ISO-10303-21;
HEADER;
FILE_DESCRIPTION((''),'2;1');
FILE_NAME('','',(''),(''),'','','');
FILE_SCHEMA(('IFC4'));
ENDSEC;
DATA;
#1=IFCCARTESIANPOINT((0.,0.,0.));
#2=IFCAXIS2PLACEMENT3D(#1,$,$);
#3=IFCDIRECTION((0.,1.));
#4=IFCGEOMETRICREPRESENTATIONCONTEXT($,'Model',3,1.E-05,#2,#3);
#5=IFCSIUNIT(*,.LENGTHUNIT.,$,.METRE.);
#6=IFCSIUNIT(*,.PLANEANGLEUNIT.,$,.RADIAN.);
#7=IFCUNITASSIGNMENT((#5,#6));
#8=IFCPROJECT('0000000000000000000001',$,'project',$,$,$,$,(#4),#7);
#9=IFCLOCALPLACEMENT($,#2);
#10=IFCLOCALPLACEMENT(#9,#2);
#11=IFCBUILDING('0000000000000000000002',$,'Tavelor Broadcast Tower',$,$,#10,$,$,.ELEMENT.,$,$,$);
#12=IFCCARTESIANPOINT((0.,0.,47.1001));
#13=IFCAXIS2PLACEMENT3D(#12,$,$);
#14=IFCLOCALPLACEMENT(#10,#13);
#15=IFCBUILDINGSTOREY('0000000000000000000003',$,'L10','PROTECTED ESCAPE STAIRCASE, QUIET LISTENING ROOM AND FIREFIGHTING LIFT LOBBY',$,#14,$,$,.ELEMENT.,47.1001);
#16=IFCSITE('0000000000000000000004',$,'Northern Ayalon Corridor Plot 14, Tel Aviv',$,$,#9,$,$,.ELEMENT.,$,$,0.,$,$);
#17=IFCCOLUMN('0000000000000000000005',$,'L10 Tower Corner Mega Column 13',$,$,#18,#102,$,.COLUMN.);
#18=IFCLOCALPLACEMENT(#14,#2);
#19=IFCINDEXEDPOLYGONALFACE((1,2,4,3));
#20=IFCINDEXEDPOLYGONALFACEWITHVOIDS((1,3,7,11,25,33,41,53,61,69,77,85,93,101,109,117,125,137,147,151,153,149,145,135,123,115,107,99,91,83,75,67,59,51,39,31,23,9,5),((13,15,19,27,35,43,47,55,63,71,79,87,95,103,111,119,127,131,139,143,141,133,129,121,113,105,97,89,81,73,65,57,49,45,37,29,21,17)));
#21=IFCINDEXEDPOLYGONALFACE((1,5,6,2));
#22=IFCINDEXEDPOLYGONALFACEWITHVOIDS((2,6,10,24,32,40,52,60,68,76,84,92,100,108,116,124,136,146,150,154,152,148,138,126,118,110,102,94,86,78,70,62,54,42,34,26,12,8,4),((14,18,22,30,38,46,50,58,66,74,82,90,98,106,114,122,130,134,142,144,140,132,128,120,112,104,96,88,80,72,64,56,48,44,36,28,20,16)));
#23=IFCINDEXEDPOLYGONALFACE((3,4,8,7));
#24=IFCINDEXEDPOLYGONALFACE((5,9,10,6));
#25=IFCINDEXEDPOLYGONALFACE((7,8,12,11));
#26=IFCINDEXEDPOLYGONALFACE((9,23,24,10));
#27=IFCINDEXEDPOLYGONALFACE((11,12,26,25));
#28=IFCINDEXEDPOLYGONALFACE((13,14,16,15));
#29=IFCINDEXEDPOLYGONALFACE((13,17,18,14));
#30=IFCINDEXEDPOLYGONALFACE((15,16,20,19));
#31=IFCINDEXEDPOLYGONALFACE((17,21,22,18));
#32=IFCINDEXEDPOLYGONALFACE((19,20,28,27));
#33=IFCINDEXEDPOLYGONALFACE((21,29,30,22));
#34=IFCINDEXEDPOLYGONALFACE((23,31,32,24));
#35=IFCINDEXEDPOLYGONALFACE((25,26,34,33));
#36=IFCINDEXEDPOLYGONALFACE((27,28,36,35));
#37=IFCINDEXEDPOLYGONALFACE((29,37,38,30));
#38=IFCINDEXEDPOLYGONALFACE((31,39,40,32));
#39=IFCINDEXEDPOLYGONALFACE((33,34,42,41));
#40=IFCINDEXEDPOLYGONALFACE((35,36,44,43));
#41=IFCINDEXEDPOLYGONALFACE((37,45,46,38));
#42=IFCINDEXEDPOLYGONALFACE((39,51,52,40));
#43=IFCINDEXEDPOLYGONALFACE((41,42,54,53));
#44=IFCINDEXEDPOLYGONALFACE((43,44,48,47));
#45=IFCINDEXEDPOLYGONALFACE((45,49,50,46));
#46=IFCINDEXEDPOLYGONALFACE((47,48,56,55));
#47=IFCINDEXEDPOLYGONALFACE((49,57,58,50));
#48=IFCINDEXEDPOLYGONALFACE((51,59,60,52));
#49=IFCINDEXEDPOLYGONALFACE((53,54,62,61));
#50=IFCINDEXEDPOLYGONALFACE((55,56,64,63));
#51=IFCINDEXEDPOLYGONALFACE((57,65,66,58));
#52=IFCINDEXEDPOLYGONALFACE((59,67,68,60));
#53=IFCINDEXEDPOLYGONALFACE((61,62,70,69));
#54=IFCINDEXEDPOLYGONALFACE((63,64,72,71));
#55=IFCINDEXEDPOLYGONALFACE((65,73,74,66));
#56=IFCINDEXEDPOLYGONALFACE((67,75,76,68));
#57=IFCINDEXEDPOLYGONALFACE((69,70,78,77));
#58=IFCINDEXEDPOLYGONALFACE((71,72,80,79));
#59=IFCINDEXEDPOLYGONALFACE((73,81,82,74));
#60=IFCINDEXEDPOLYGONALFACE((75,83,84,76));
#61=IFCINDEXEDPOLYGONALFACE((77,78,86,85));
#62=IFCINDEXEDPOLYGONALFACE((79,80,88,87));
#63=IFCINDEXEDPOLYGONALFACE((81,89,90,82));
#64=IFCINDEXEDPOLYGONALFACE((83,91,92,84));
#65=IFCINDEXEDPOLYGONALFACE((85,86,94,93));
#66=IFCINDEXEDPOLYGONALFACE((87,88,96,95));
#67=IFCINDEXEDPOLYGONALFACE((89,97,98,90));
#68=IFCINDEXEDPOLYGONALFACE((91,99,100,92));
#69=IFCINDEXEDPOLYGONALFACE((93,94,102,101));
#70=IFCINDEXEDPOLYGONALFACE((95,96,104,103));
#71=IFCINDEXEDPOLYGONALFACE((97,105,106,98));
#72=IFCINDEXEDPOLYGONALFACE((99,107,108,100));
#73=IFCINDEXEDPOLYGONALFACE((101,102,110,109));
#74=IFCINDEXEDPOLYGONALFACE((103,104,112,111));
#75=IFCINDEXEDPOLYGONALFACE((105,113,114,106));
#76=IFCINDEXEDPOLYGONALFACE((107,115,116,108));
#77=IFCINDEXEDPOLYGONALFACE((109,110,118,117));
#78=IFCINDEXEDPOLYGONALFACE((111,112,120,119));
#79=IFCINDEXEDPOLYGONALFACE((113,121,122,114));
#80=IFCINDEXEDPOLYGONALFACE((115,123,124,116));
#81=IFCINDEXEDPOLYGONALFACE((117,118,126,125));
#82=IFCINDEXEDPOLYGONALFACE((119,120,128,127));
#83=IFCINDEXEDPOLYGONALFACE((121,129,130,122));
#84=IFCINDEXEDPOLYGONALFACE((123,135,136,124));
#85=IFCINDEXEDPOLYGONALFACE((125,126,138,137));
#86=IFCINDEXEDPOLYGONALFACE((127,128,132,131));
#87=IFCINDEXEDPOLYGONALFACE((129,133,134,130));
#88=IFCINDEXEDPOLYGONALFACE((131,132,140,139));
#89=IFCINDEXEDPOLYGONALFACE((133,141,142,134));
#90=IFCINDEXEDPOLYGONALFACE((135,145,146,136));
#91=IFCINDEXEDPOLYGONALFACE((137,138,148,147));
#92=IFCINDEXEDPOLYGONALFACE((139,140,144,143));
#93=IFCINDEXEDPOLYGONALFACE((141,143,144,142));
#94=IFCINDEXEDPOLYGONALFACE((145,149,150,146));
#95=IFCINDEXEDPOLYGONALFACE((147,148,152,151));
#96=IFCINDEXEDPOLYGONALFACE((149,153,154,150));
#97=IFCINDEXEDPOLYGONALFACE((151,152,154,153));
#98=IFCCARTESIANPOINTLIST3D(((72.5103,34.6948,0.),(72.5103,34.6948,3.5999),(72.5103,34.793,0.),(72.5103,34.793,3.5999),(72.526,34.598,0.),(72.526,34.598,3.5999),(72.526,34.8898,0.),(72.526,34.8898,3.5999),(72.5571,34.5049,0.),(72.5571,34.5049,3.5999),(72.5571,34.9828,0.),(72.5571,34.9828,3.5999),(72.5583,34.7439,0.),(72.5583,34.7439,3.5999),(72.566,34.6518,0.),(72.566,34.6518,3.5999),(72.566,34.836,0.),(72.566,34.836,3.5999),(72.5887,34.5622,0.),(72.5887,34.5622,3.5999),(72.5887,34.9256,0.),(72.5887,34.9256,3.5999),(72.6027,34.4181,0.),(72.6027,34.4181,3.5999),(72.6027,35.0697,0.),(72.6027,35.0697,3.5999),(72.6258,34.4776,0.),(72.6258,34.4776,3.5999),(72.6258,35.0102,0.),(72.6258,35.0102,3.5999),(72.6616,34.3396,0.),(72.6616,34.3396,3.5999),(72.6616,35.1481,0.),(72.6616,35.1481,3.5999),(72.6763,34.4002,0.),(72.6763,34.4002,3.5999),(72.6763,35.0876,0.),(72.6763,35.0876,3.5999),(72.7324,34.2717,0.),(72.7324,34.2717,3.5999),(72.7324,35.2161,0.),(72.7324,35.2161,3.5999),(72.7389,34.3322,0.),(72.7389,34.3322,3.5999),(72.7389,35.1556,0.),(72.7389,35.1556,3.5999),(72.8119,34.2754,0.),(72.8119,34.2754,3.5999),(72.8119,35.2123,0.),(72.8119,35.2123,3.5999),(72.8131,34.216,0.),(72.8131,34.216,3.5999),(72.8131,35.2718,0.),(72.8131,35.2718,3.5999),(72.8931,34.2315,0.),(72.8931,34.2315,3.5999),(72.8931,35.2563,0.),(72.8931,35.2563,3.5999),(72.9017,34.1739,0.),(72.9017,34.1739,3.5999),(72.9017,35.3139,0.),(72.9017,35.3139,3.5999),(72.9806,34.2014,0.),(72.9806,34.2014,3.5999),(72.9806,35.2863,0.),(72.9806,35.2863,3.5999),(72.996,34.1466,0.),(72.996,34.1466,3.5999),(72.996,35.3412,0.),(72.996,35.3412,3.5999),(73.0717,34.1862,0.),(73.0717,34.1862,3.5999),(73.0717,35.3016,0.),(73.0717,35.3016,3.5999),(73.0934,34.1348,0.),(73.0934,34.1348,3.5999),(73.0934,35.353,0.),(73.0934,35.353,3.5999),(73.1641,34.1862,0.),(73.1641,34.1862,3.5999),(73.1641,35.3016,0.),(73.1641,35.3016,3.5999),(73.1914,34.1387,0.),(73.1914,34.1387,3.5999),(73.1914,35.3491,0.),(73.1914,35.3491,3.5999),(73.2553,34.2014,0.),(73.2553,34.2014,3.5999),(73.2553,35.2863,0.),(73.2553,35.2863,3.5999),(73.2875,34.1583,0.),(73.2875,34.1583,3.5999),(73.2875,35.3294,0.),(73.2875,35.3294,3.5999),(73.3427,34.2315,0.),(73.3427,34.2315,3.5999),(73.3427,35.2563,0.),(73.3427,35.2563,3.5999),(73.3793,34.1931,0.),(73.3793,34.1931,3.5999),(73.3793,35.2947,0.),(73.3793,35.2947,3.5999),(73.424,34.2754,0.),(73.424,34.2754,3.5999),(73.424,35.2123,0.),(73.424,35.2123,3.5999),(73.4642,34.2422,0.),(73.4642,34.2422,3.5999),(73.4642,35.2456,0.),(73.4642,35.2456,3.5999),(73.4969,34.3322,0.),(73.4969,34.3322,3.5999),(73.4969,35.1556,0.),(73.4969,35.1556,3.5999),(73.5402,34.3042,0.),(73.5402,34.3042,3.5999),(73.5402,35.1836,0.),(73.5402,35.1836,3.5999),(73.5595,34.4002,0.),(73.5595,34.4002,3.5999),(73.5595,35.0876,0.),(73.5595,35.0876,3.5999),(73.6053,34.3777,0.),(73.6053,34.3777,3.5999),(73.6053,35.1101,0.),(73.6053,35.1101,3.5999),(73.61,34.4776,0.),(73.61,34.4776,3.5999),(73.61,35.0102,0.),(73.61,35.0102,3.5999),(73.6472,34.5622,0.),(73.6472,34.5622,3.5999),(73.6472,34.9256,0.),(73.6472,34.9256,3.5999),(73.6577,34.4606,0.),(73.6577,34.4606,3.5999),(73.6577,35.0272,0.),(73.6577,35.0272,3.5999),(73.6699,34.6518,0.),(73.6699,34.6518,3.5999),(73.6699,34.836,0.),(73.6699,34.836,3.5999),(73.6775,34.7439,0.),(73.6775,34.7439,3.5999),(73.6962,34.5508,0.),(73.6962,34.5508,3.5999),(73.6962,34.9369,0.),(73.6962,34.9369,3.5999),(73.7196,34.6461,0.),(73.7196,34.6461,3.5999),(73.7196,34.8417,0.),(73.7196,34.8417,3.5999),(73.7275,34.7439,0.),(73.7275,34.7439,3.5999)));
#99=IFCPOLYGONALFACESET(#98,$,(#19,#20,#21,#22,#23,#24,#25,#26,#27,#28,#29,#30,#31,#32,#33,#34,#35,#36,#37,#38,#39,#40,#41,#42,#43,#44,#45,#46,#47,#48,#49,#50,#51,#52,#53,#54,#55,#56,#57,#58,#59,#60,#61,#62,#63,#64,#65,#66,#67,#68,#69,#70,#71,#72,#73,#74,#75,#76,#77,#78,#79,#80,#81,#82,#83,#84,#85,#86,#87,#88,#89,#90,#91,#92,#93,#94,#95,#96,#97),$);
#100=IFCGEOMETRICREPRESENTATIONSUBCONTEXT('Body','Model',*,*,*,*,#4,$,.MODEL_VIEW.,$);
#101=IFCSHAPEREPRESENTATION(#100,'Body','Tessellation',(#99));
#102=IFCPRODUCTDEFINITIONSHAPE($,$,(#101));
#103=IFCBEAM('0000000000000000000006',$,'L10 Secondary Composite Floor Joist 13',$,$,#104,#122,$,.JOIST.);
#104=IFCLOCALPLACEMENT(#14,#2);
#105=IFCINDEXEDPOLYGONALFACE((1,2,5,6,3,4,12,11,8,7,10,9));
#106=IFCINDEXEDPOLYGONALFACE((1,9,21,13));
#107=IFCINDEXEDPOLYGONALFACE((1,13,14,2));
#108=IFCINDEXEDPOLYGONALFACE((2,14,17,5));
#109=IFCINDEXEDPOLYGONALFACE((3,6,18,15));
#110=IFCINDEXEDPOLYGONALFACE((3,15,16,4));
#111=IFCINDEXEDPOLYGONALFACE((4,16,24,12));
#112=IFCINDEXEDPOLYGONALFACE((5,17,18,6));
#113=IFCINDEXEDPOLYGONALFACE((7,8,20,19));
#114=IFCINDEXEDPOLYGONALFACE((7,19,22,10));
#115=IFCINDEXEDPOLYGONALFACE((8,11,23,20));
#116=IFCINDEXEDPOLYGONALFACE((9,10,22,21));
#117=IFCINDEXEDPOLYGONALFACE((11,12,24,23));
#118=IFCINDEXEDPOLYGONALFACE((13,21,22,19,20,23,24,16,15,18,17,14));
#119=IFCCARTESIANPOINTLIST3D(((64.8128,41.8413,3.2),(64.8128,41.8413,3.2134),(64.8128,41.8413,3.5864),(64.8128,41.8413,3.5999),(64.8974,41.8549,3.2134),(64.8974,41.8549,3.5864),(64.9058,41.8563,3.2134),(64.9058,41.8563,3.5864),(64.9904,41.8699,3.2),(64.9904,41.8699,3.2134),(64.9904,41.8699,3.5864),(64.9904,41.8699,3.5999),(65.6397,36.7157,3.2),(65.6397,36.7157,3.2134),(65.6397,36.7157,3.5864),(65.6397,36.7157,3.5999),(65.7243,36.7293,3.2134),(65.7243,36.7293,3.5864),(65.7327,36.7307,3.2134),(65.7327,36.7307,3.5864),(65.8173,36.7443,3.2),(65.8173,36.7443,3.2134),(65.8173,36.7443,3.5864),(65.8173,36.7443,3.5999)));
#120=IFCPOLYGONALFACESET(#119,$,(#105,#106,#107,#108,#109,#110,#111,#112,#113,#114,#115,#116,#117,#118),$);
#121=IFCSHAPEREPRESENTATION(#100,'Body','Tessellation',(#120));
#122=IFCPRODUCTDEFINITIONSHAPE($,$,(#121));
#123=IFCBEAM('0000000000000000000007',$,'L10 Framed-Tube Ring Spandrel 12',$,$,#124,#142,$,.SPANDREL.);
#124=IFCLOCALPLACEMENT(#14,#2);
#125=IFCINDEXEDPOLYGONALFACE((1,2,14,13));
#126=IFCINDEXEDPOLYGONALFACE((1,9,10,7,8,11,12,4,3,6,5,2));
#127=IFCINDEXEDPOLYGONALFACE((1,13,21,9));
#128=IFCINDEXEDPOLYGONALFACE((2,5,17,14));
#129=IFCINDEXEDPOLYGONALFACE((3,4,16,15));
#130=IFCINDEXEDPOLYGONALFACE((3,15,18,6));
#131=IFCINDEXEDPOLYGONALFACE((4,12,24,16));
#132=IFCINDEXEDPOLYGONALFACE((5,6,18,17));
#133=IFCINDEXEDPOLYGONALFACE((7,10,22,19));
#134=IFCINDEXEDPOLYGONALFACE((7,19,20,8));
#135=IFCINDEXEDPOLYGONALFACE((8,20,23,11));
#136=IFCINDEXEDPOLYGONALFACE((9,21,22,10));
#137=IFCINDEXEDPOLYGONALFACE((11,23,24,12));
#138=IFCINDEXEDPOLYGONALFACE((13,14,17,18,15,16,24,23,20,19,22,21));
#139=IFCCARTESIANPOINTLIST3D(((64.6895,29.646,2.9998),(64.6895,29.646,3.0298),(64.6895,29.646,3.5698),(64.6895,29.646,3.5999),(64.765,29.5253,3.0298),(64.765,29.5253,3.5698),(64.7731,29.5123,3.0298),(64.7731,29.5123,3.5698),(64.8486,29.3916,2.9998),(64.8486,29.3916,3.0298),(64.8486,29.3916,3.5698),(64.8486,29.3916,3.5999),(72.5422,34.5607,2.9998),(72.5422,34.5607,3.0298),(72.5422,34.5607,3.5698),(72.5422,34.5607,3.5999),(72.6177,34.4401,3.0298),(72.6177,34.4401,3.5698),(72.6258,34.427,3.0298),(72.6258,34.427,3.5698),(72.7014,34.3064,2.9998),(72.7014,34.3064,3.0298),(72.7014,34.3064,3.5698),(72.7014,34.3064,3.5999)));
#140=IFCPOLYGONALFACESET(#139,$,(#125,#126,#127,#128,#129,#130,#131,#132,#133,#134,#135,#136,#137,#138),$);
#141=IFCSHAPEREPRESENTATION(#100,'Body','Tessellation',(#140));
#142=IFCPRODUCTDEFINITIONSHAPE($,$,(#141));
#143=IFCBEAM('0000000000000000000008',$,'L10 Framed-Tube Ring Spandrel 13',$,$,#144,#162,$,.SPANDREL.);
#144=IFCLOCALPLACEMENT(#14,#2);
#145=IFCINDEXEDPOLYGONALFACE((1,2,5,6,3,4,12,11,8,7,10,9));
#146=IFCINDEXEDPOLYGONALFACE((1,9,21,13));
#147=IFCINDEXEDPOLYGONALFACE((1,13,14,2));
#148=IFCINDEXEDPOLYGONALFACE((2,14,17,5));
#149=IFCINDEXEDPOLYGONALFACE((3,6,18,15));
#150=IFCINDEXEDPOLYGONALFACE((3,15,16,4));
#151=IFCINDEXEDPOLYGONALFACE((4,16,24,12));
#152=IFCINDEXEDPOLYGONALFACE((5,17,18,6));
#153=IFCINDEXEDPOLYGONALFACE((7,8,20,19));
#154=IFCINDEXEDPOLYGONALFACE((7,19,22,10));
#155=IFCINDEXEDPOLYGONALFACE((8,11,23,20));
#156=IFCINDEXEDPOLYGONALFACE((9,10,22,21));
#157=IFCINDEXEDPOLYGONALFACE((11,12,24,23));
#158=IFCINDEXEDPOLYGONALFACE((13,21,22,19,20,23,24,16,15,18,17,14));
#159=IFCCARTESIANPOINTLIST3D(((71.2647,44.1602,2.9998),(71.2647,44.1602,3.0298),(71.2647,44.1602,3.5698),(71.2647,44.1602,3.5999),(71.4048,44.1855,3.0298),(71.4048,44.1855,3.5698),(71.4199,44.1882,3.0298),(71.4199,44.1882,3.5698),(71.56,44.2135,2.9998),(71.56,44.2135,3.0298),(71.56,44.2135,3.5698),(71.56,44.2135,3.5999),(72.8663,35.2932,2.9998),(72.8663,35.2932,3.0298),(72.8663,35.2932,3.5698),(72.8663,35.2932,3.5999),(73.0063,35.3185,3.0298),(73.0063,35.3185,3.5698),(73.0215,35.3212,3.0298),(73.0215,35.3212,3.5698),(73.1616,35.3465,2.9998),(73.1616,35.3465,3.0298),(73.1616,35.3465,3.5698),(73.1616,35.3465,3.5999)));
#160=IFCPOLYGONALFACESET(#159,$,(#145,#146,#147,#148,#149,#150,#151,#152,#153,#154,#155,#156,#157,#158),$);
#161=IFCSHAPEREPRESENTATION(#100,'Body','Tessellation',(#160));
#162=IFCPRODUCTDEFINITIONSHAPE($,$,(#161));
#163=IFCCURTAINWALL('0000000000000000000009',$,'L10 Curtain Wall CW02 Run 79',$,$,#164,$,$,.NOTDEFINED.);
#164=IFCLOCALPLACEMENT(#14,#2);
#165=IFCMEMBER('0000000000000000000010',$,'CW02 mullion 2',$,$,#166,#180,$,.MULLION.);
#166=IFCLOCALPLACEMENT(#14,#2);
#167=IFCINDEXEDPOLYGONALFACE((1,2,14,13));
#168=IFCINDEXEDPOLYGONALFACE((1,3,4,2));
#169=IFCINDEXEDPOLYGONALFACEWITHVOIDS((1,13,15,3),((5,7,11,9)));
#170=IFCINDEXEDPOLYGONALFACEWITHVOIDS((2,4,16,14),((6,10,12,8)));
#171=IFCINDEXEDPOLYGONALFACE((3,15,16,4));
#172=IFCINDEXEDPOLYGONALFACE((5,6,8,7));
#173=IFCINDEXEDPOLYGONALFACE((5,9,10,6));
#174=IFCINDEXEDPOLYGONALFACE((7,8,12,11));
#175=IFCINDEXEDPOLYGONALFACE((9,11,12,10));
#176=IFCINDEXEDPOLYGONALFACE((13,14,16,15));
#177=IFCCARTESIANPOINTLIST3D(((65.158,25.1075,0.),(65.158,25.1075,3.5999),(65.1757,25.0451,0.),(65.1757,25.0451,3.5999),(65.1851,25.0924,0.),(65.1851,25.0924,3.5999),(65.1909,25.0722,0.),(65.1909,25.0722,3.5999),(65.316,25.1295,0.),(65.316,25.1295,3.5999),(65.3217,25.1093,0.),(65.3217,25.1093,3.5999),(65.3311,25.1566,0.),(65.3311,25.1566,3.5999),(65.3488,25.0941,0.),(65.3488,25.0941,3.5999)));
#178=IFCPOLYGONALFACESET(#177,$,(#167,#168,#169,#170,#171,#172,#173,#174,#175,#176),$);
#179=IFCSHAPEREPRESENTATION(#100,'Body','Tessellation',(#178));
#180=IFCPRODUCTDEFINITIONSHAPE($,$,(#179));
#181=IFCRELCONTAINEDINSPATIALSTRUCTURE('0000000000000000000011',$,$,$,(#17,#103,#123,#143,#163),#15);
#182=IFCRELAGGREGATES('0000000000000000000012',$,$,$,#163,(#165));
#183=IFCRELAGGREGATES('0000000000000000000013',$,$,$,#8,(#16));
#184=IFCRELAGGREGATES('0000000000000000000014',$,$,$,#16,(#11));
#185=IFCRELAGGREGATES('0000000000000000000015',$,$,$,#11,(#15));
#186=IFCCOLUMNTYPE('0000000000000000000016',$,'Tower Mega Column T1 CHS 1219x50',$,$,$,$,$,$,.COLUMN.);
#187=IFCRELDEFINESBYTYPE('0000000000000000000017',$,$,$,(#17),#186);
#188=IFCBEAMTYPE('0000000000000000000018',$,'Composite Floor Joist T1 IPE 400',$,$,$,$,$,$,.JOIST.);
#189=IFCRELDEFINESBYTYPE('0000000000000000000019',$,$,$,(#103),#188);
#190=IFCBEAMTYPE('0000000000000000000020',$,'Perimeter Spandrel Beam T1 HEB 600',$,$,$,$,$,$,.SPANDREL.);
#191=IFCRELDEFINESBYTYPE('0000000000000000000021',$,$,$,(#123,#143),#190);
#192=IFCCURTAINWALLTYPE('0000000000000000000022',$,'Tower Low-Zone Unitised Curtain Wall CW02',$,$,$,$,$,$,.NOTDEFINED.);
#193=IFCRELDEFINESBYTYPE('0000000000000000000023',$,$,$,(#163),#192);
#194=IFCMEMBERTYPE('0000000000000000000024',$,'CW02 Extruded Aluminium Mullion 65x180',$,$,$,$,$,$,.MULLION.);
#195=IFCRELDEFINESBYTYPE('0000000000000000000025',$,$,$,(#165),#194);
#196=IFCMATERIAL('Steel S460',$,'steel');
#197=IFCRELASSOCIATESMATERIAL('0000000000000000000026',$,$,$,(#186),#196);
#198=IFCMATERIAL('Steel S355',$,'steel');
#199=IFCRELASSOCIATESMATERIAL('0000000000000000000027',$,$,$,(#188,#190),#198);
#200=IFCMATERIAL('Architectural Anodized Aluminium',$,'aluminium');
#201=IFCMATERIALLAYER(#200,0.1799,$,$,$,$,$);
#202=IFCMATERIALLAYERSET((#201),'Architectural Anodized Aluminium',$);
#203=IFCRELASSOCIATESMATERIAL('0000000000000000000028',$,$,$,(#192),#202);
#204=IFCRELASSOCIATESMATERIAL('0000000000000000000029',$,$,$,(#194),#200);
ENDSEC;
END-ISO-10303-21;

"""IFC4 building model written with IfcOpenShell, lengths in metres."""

from ifc_helpers import new_model, si_unit, direction, frame, origin, origin_2d, place, context, subcontext, project, spatial, hollow_rectangle, hollow_circle, i_section, extrude, source, transform, mapped, material, layer, layer_set, material_profile, profile_set, type_object, type_shapes, element, aggregate, save


model = new_model("IFC4")

# Units and contexts
model_context = context("Model", 3, precision=1e-05, world=origin(), true_north=direction((0.0, 1.0)))
body_context = subcontext(model_context, "Body", "Model", "MODEL_VIEW")
ifc_project = project(units=[si_unit("LENGTHUNIT", "METRE"), si_unit("PLANEANGLEUNIT", "RADIAN")], contexts=[model_context])

# Site, building, storey
site_placement = place(None, origin())
site = spatial("IfcSite", under=ifc_project, at=site_placement, Name="Northern Ayalon Corridor Plot 14, Tel Aviv", CompositionType="ELEMENT", RefElevation=0.0)
building_placement = place(site_placement, origin())
building = spatial("IfcBuilding", under=site, at=building_placement, Name="Tavelor Broadcast Tower", CompositionType="ELEMENT")
storey_placement = place(building_placement, frame((0.0, 0.0, 47.1001)))
storey = spatial("IfcBuildingStorey", under=building, at=storey_placement, Name="L10", Description="PROTECTED ESCAPE STAIRCASE, QUIET LISTENING ROOM AND FIREFIGHTING LIFT LOBBY", CompositionType="ELEMENT", Elevation=47.1001)

# Column
ifc_material_1 = material(Name="Steel S460", Category="steel")
ifc_material_profile_1 = material_profile(ifc_material_1, hollow_circle(Radius=0.6096, WallThickness=0.05, at=origin_2d()), Name="CHS 1219x50")
ifc_profile_set_1 = profile_set([ifc_material_profile_1], Name="Steel S460")
column_type = type_object("IfcColumnType", Name="Tower Mega Column T1 CHS 1219x50", PredefinedType="COLUMN", material=ifc_profile_set_1)
column_placement = place(storey_placement, frame((73.1179, 34.7439, 0.0), z_axis=(0.0, 0.0, 1.0), x_axis=(1.0, 0.0, 0.0)))
element("IfcColumn", 1, at=column_placement, inside=storey, type_object=column_type, Name="L10 Tower Corner Mega Column 13", PredefinedType="COLUMN", context=body_context, shape_type="SweptSolid", body=[
    extrude(hollow_circle(Radius=0.6096, WallThickness=0.05, at=origin_2d()), origin(), (0.0, 0.0, 1.0), 3.5999),
])

# Beams
ifc_material_2 = material(Name="Steel S355", Category="steel")
ifc_material_profile_2 = material_profile(ifc_material_2, i_section(OverallWidth=0.1799, OverallDepth=0.3999, WebThickness=0.0085, FlangeThickness=0.0134, at=origin_2d()), Name="IPE 400")
ifc_profile_set_2 = profile_set([ifc_material_profile_2], Name="Steel S355")
beam_type_1 = type_object("IfcBeamType", Name="Composite Floor Joist T1 IPE 400", PredefinedType="JOIST", material=ifc_profile_set_2)
beam_1_placement = place(storey_placement, frame((65.7285, 36.73, 3.3999), z_axis=(-0.159265, 0.987236, 0.0), x_axis=(-0.987236, -0.159265, 0.0)))
element("IfcBeam", 2, at=beam_1_placement, inside=storey, type_object=beam_type_1, Name="L10 Secondary Composite Floor Joist 13", PredefinedType="JOIST", context=body_context, shape_type="SweptSolid", body=[
    extrude(i_section(OverallWidth=0.1799, OverallDepth=0.3999, WebThickness=0.0085, FlangeThickness=0.0134, at=origin_2d()), origin(), (0.0, 0.0, 1.0), 5.1919),
])
ifc_material_profile_3 = material_profile(ifc_material_2, i_section(OverallWidth=0.3, OverallDepth=0.6001, WebThickness=0.0154, FlangeThickness=0.03, at=origin_2d()), Name="HEB 600")
ifc_profile_set_3 = profile_set([ifc_material_profile_3], Name="Steel S355")
beam_type_2 = type_object("IfcBeamType", Name="Perimeter Spandrel Beam T1 HEB 600", PredefinedType="SPANDREL", material=ifc_profile_set_3)
beam_2_placement = place(storey_placement, frame((64.769, 29.5188, 3.2998), z_axis=(0.847668, 0.530527, 0.0), x_axis=(-0.530527, 0.847668, 0.0)))
element("IfcBeam", 3, at=beam_2_placement, inside=storey, type_object=beam_type_2, Name="L10 Framed-Tube Ring Spandrel 12", PredefinedType="SPANDREL", context=body_context, shape_type="SweptSolid", body=[
    extrude(i_section(OverallWidth=0.3, OverallDepth=0.6001, WebThickness=0.0154, FlangeThickness=0.03, at=origin_2d()), origin(), (0.0, 0.0, 1.0), 9.2639),
])
beam_3_placement = place(storey_placement, frame((73.0139, 35.3198, 3.2998), z_axis=(-0.177746, 0.984076, 0.0), x_axis=(-0.984076, -0.177746, 0.0)))
element("IfcBeam", 4, at=beam_3_placement, inside=storey, type_object=beam_type_2, Name="L10 Framed-Tube Ring Spandrel 13", PredefinedType="SPANDREL", context=body_context, shape_type="SweptSolid", body=[
    extrude(i_section(OverallWidth=0.3, OverallDepth=0.6001, WebThickness=0.0154, FlangeThickness=0.03, at=origin_2d()), origin(), (0.0, 0.0, 1.0), 9.0105),
])

# Curtain wall, member
ifc_material_3 = material(Name="Architectural Anodized Aluminium", Category="aluminium")
ifc_layer_1 = layer(ifc_material_3, 0.1799)
ifc_layer_set_1 = layer_set([ifc_layer_1], Name="Architectural Anodized Aluminium")
curtain_wall_type = type_object("IfcCurtainWallType", Name="Tower Low-Zone Unitised Curtain Wall CW02", PredefinedType="NOTDEFINED", material=ifc_layer_set_1)
curtain_wall_1_placement = place(storey_placement, origin())
curtain_wall_1 = element("IfcCurtainWall", 5, at=curtain_wall_1_placement, inside=storey, type_object=curtain_wall_type, Name="L10 Curtain Wall CW02 Run 79", PredefinedType="NOTDEFINED")
ifc_material_profile_4 = material_profile(ifc_material_3, hollow_rectangle(XDim=0.0649, YDim=0.1799, WallThickness=0.022, at=origin_2d()), Name="RHS 65x180x22")
ifc_profile_set_4 = profile_set([ifc_material_profile_4], Name="Architectural Anodized Aluminium")
member_type_1 = type_object("IfcMemberType", Name="CW02 Extruded Aluminium Mullion 65x180", PredefinedType="MULLION", material=ifc_profile_set_4)
shared_shape_1 = source(origin(), body_context, "Body", "SweptSolid", [
    extrude(hollow_rectangle(XDim=0.0649, YDim=0.1799, WallThickness=0.022, at=origin_2d()), origin(), (0.0, 0.0, 1.0), 3.5999),
])
type_shapes(member_type_1, [shared_shape_1])
member_1_placement = place(storey_placement, frame((65.2534, 25.1008, 0.0), z_axis=(0.0, 0.0, 1.0), x_axis=(-0.272722, 0.962093, 0.0)))
member_1 = element("IfcMember", 6, at=member_1_placement, type_object=member_type_1, Name="CW02 mullion 2", PredefinedType="MULLION", context=body_context, shape_type="MappedRepresentation", body=[
    mapped(shared_shape_1, transform((0.0, 0.0, 0.0), scale=1.0)),
])
aggregate(curtain_wall_1, [member_1])

save(model, "model.ifc")
